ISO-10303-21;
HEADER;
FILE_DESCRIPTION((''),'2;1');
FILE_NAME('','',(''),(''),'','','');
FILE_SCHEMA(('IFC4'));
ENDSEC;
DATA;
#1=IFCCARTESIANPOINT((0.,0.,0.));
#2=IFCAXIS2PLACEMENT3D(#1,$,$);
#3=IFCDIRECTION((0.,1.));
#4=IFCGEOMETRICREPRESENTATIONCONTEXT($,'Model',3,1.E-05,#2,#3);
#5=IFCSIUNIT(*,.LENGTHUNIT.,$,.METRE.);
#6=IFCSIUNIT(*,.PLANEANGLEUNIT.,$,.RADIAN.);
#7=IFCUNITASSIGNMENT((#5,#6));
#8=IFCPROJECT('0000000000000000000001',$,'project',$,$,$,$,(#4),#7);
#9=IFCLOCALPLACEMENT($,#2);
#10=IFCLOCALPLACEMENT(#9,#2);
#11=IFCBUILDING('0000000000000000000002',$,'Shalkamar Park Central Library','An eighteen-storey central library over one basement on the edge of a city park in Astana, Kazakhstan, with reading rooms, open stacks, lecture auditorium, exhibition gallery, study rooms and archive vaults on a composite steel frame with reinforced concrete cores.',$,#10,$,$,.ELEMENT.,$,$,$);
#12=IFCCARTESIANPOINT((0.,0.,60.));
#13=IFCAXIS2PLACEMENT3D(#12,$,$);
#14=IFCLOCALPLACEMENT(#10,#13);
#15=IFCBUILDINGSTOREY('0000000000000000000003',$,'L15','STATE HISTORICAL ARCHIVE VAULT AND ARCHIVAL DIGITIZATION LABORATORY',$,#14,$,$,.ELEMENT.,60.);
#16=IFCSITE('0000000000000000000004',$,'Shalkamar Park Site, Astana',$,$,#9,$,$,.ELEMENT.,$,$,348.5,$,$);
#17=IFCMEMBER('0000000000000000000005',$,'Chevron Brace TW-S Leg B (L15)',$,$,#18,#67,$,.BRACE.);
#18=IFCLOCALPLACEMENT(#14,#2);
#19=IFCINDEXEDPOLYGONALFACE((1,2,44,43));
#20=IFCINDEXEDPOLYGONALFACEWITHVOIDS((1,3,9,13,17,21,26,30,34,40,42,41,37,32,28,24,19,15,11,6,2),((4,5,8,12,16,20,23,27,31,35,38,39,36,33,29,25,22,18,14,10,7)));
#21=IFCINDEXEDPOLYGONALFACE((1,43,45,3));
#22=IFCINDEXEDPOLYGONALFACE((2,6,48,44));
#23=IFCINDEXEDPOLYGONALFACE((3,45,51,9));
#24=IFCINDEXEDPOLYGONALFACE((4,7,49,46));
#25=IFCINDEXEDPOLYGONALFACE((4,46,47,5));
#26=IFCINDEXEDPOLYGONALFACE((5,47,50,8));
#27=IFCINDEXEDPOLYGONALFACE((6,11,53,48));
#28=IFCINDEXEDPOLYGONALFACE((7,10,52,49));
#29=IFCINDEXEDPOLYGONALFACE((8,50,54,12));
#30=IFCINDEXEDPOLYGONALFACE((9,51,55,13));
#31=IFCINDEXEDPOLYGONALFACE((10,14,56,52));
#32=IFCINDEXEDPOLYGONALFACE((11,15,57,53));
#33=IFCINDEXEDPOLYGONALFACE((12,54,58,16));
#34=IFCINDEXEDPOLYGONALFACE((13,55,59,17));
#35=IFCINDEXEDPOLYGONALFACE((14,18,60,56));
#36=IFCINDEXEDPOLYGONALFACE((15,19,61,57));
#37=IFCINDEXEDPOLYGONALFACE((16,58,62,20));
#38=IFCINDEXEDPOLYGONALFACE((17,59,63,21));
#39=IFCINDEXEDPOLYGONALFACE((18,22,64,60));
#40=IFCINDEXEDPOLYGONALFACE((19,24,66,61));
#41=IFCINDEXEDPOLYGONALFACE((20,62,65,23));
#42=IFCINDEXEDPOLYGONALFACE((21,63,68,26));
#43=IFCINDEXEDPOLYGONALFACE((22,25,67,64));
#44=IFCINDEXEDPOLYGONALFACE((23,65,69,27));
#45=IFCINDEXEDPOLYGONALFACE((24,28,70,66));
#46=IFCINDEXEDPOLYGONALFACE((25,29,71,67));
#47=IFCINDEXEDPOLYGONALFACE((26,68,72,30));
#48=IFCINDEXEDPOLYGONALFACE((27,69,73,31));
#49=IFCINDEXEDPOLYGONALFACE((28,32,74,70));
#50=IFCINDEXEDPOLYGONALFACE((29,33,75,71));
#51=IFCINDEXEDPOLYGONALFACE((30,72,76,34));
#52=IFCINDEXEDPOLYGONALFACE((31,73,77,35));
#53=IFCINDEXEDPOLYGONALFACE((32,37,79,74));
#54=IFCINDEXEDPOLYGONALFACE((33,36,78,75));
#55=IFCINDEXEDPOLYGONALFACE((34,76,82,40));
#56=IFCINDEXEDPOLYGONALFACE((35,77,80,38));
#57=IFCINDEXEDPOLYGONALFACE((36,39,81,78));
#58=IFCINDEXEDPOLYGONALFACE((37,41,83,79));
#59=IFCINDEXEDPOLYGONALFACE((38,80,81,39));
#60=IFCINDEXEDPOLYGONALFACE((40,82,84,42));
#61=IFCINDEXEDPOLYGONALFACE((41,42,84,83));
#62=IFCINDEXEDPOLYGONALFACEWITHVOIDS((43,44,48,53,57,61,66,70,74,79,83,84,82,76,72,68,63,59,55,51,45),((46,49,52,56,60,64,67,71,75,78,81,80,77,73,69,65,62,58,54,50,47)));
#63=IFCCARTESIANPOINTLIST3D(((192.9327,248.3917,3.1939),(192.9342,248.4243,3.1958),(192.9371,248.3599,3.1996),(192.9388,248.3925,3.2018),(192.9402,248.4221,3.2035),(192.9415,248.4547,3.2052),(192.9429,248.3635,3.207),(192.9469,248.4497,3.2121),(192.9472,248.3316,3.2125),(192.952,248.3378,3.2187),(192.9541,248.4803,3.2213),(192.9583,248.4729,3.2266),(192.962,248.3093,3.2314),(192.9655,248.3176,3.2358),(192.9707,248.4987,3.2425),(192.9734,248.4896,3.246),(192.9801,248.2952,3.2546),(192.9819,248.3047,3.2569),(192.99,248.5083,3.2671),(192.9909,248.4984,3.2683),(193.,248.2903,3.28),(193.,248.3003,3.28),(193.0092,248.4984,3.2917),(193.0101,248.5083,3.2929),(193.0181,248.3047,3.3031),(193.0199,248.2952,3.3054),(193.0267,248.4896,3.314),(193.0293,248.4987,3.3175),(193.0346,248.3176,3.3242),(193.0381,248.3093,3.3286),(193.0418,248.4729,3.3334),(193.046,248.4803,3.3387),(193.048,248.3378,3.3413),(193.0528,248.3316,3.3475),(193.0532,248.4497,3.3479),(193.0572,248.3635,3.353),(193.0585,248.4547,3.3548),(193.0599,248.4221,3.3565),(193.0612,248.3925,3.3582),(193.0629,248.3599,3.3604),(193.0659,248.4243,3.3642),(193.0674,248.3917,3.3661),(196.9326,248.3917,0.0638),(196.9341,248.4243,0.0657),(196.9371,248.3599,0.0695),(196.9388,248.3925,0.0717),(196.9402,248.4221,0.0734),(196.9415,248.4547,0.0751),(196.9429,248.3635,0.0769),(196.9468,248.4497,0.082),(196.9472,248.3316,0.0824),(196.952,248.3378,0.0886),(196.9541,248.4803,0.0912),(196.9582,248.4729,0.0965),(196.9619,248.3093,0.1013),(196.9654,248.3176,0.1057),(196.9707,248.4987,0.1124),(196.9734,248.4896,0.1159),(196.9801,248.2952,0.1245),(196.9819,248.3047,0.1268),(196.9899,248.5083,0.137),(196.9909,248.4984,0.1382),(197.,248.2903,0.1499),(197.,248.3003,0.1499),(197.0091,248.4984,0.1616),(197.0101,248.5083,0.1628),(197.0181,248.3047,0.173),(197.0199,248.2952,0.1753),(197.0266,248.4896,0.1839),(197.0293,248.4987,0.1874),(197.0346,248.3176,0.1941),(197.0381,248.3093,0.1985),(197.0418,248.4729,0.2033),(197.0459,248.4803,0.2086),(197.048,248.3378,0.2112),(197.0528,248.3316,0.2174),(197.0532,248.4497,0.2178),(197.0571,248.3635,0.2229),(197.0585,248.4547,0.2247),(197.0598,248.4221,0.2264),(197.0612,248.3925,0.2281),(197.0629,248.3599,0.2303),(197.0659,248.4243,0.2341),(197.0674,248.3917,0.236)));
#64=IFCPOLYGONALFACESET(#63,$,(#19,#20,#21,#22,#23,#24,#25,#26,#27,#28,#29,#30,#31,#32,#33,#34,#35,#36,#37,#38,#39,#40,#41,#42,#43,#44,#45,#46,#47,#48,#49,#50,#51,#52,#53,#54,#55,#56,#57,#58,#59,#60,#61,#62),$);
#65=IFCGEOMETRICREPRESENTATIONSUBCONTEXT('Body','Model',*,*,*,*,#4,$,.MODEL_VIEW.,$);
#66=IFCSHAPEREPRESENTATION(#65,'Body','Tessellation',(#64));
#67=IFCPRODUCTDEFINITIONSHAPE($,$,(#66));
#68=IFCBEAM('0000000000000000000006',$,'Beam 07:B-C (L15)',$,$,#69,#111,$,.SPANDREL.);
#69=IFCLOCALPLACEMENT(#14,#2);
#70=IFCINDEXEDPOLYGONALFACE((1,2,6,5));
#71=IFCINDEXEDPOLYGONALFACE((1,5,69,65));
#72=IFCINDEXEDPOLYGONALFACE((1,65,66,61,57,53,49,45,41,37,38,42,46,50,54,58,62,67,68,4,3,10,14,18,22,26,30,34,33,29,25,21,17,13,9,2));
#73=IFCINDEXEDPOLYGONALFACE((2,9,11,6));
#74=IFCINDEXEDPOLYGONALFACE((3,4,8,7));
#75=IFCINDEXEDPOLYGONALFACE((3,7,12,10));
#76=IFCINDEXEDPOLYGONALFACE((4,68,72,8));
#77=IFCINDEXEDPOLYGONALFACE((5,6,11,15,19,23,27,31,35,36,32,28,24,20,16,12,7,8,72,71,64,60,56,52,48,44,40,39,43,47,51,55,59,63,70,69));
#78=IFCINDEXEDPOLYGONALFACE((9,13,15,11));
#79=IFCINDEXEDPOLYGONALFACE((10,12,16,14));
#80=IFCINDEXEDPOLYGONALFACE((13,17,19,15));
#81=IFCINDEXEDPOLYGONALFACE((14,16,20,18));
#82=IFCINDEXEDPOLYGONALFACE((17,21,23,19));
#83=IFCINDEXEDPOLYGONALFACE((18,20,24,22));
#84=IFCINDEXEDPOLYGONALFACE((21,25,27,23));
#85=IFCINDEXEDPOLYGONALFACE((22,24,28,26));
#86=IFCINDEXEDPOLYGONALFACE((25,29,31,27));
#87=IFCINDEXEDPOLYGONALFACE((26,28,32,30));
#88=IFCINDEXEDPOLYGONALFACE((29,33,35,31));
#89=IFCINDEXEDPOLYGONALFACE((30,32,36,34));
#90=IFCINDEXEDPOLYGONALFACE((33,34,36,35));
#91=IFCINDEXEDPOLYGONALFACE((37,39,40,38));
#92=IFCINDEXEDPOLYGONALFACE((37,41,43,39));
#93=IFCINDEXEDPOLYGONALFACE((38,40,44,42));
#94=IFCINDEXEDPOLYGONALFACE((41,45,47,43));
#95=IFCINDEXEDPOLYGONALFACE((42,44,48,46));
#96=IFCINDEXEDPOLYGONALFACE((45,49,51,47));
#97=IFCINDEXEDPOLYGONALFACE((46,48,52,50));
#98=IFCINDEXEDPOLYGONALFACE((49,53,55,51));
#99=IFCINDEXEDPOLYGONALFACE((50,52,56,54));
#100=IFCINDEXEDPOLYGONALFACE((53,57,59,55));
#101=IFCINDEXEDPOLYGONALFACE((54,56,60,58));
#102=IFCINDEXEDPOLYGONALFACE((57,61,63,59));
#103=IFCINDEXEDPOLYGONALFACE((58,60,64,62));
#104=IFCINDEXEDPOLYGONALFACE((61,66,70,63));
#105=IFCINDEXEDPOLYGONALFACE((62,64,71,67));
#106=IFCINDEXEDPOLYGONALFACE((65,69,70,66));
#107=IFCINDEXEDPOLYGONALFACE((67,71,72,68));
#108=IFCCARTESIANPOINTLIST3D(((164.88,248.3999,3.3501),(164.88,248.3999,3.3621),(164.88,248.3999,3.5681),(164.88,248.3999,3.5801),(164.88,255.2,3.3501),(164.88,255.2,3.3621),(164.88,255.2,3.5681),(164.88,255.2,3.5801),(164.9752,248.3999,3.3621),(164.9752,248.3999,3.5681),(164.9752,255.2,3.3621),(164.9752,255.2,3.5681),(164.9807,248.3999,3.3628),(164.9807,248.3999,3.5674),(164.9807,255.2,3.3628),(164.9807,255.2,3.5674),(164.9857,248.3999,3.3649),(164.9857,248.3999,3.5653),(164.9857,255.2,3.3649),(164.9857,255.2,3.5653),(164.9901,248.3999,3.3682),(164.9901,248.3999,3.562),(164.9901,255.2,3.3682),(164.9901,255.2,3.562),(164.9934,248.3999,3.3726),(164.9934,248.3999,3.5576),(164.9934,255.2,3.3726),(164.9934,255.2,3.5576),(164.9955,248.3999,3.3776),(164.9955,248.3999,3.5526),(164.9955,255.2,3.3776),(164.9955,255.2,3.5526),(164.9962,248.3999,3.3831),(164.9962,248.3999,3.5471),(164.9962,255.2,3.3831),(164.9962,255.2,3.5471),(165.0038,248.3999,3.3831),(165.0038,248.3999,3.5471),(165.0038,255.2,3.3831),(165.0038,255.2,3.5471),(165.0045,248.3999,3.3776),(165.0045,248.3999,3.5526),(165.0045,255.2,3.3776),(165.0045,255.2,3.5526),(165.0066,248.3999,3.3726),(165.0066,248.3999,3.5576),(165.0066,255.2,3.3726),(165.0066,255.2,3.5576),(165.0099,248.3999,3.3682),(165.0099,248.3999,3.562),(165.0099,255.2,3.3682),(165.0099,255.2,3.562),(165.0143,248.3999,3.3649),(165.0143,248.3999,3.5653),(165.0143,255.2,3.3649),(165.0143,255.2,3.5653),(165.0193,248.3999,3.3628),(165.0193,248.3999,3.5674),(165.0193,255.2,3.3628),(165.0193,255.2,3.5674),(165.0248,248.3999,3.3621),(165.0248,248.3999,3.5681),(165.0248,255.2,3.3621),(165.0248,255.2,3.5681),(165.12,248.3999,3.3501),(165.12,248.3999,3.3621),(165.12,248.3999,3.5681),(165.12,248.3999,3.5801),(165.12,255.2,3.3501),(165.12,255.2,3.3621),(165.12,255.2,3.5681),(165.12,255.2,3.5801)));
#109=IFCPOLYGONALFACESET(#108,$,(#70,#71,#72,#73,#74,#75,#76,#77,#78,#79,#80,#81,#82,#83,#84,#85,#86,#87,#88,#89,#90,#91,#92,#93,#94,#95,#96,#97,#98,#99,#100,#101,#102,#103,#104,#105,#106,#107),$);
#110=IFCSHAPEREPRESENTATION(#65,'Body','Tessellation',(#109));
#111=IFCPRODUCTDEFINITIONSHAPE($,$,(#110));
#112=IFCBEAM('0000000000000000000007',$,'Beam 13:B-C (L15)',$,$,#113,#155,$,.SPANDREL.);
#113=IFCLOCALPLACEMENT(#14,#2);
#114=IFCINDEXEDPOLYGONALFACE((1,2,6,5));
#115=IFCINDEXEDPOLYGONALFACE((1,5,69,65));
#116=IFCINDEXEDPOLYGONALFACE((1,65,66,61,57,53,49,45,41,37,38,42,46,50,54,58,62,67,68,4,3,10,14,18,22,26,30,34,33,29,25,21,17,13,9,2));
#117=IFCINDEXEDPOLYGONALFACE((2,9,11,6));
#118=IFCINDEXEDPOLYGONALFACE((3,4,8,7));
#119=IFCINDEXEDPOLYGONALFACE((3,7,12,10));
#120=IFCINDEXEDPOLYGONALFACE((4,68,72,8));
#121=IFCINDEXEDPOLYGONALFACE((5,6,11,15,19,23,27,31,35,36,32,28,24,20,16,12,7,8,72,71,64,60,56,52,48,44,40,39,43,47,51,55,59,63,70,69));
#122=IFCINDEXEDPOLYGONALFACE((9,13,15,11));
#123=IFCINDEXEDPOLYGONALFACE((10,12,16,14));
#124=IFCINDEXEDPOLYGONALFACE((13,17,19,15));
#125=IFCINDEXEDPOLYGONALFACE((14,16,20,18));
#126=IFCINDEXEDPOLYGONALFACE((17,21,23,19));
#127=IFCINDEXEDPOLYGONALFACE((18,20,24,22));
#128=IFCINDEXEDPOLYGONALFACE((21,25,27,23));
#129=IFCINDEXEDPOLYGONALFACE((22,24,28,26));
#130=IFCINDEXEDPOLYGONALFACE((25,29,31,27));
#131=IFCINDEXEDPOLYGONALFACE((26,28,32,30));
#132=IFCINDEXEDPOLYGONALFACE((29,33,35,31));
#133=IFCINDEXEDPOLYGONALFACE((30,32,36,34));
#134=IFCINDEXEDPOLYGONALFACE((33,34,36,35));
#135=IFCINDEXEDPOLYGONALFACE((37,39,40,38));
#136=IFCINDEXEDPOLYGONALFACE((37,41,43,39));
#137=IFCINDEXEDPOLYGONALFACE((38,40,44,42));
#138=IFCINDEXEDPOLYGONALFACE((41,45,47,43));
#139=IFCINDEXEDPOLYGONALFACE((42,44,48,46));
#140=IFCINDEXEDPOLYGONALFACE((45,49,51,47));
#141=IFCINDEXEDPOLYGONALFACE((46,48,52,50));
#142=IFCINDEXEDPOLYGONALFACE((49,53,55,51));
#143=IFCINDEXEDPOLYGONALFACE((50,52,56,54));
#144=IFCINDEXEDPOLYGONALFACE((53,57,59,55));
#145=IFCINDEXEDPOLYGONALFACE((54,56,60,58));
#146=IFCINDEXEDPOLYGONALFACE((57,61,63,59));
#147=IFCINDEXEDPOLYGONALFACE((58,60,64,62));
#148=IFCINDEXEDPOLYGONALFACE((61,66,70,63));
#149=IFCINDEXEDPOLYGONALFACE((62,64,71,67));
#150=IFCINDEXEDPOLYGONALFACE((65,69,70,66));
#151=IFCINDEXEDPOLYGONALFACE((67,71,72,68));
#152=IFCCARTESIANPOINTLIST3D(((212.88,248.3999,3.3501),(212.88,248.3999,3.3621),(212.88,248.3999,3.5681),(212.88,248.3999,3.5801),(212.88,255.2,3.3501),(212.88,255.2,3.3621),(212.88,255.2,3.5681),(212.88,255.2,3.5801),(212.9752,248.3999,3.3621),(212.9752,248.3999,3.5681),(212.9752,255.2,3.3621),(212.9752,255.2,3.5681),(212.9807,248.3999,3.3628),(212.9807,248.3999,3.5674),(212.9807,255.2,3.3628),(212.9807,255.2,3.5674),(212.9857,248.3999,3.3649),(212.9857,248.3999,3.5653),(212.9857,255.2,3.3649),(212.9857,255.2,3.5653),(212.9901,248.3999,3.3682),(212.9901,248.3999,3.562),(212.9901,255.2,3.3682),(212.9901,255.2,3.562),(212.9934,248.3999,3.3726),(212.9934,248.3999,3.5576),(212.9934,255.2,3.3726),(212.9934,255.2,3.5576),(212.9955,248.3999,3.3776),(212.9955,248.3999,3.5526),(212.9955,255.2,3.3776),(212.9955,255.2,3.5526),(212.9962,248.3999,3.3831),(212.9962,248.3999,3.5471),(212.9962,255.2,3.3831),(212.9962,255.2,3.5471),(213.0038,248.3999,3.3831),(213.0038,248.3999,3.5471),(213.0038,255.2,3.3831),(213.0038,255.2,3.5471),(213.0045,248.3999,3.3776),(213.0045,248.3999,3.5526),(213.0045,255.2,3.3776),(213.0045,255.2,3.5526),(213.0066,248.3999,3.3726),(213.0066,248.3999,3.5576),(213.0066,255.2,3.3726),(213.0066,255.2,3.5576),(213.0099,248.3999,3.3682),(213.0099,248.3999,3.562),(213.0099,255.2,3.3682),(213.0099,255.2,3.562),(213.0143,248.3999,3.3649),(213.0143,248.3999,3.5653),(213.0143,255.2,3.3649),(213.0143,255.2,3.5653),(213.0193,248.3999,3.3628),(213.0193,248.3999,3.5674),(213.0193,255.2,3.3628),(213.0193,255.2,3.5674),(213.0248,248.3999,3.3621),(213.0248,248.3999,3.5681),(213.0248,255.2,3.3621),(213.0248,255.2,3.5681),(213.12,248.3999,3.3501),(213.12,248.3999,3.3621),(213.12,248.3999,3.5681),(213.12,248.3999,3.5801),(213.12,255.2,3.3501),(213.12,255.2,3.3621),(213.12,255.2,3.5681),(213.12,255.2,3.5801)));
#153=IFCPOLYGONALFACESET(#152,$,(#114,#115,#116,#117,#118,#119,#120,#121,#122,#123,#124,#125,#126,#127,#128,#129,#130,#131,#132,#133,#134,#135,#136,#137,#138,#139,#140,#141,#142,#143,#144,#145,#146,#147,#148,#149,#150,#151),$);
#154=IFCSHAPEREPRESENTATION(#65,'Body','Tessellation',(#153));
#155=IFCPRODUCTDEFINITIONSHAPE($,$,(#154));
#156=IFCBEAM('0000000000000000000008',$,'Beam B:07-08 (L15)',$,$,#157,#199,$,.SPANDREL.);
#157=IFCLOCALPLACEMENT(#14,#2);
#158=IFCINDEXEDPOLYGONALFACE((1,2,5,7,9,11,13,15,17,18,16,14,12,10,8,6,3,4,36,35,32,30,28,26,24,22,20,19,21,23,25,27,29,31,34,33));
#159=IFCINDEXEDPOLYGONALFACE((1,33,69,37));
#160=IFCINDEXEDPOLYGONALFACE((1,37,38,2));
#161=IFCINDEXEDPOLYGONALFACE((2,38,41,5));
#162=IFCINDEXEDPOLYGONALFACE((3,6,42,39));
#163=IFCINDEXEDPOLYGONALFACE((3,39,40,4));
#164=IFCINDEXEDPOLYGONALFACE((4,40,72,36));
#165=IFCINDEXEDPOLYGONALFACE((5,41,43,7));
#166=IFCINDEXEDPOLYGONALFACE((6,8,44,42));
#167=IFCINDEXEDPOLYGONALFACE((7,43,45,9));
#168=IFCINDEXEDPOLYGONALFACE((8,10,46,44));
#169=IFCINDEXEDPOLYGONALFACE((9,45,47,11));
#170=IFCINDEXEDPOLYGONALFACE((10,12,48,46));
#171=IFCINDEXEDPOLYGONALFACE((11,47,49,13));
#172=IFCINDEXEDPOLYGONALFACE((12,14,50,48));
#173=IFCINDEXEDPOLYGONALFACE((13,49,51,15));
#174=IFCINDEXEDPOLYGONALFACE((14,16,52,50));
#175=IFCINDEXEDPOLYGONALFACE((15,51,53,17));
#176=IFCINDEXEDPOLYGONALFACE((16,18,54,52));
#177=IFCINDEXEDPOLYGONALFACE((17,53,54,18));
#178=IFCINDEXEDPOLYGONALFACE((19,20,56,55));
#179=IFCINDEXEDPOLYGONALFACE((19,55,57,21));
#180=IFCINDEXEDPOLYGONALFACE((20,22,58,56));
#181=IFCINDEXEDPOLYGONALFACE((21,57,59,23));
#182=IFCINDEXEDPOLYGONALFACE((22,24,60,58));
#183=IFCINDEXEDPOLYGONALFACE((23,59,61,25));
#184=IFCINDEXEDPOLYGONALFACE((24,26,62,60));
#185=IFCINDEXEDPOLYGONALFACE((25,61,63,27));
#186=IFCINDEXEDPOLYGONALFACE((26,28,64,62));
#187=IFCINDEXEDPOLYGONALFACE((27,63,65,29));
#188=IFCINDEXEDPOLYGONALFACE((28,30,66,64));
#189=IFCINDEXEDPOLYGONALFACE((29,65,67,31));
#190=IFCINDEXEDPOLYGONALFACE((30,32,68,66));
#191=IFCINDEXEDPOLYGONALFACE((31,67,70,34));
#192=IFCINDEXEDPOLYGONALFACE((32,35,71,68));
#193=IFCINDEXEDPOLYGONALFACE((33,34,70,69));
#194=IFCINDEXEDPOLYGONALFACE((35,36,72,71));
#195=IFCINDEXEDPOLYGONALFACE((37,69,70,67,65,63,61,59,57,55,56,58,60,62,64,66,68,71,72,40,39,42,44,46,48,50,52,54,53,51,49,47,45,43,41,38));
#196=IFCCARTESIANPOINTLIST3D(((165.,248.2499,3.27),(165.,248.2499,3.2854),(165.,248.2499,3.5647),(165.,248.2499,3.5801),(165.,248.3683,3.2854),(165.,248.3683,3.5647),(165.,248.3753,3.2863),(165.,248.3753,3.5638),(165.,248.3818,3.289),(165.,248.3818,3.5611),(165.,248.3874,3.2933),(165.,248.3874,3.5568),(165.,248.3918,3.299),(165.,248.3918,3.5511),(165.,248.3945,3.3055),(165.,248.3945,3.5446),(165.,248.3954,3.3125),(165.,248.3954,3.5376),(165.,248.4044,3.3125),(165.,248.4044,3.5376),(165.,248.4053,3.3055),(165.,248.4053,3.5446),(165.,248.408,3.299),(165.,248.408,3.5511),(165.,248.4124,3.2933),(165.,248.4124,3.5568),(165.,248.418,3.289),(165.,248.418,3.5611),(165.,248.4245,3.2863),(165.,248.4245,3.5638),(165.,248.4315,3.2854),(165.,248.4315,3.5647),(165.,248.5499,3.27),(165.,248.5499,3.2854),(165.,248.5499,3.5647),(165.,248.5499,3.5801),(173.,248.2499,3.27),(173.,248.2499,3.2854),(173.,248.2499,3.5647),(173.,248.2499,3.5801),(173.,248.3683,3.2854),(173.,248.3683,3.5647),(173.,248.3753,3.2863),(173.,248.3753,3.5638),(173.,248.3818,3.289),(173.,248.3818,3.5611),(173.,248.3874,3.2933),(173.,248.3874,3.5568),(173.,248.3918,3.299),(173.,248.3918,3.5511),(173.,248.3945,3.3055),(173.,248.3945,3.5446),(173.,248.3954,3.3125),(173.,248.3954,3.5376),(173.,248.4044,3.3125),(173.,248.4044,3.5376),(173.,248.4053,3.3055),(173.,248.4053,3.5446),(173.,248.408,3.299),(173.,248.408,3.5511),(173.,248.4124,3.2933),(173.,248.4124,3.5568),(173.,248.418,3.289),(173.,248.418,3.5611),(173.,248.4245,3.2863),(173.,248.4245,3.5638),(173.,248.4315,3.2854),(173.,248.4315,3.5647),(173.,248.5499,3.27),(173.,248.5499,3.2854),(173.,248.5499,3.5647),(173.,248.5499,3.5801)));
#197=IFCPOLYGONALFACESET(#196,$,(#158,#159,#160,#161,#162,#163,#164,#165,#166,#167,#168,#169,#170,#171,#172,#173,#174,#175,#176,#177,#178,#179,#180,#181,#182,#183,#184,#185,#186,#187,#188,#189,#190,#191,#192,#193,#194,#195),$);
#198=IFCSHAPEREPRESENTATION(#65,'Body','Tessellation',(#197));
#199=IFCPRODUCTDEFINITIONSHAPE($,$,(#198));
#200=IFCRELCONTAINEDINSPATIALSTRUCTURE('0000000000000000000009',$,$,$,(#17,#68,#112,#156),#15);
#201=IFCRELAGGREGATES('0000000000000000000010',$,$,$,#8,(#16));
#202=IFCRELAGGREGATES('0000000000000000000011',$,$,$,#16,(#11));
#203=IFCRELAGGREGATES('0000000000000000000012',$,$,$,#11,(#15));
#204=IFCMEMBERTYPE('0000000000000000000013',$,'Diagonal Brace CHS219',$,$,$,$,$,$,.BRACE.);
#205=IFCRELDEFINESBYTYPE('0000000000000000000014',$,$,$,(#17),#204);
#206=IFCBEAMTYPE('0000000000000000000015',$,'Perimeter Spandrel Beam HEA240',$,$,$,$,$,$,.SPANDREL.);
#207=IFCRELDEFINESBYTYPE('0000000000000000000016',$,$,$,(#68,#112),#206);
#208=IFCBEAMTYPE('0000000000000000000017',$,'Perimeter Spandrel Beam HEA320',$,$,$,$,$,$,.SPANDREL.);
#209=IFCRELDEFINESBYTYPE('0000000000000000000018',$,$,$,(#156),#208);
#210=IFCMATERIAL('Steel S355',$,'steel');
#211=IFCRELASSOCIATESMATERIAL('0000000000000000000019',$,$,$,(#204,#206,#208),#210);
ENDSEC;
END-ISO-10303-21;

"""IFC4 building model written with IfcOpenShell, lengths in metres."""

from ifc_helpers import new_model, si_unit, direction, frame, origin, origin_2d, place, context, subcontext, project, spatial, hollow_circle, i_section, extrude, material, material_profile, profile_set, type_object, element, save


model = new_model("IFC4")

# Units and contexts
model_context = context("Model", 3, precision=1e-05, world=origin(), true_north=direction((0.0, 1.0)))
body_context = subcontext(model_context, "Body", "Model", "MODEL_VIEW")
ifc_project = project(units=[si_unit("LENGTHUNIT", "METRE"), si_unit("PLANEANGLEUNIT", "RADIAN")], contexts=[model_context])

# Site, building, storey
site_placement = place(None, origin())
site = spatial("IfcSite", under=ifc_project, at=site_placement, Name="Shalkamar Park Site, Astana", CompositionType="ELEMENT", RefElevation=348.5)
building_placement = place(site_placement, origin())
building = spatial("IfcBuilding", under=site, at=building_placement, Name="Shalkamar Park Central Library", Description="An eighteen-storey central library over one basement on the edge of a city park in Astana, Kazakhstan, with reading rooms, open stacks, lecture auditorium, exhibition gallery, study rooms and archive vaults on a composite steel frame with reinforced concrete cores.", CompositionType="ELEMENT")
storey_placement = place(building_placement, frame((0.0, 0.0, 60.0)))
storey = spatial("IfcBuildingStorey", under=building, at=storey_placement, Name="L15", Description="STATE HISTORICAL ARCHIVE VAULT AND ARCHIVAL DIGITIZATION LABORATORY", CompositionType="ELEMENT", Elevation=60.0)

# Shared definitions
ifc_material_1 = material(Name="Steel S355", Category="steel")

# Member
ifc_material_profile_1 = material_profile(ifc_material_1, hollow_circle(Radius=0.1096, WallThickness=0.01, at=origin_2d()), Name="CHS 219.1x10")
ifc_profile_set_1 = profile_set([ifc_material_profile_1], Name="Steel S355")
member_type = type_object("IfcMemberType", Name="Diagonal Brace CHS219", PredefinedType="BRACE", material=ifc_profile_set_1)
for number, where, z_axis, x_axis, name in (
    (1, (197.0, 248.3999, 0.1499), (-0.787534, 0.0, 0.616271), (0.0, -1.0, 0.0), "Chevron Brace TW-S Leg B (L15)"),
):
    element("IfcMember", number, at=place(storey_placement, frame(where, z_axis=z_axis, x_axis=x_axis)), inside=storey, type_object=member_type, Name=name, PredefinedType="BRACE", context=body_context, shape_type="SweptSolid", body=[
        extrude(hollow_circle(Radius=0.1096, WallThickness=0.01, at=origin_2d()), origin(), (0.0, 0.0, 1.0), 5.0791),
    ])

# Beams
ifc_material_profile_2 = material_profile(ifc_material_1, i_section(OverallWidth=0.24, OverallDepth=0.23, WebThickness=0.0076, FlangeThickness=0.012, FilletRadius=0.021, at=origin_2d()), Name="HEA 240")
ifc_profile_set_2 = profile_set([ifc_material_profile_2], Name="Steel S355")
beam_type_1 = type_object("IfcBeamType", Name="Perimeter Spandrel Beam HEA240", PredefinedType="SPANDREL", material=ifc_profile_set_2)
for number, where, z_axis, x_axis, name in (
    (2, (165.0, 248.3999, 3.4651), (0.0, 1.0, 0.0), (-1.0, 0.0, 0.0), "Beam 07:B-C (L15)"),
    (3, (213.0, 248.3999, 3.4651), (0.0, 1.0, 0.0), (-1.0, 0.0, 0.0), "Beam 13:B-C (L15)"),
):
    element("IfcBeam", number, at=place(storey_placement, frame(where, z_axis=z_axis, x_axis=x_axis)), inside=storey, type_object=beam_type_1, Name=name, PredefinedType="SPANDREL", context=body_context, shape_type="SweptSolid", body=[
        extrude(i_section(OverallWidth=0.24, OverallDepth=0.23, WebThickness=0.0076, FlangeThickness=0.012, FilletRadius=0.021, at=origin_2d()), origin(), (0.0, 0.0, 1.0), 6.8),
    ])
ifc_material_profile_3 = material_profile(ifc_material_1, i_section(OverallWidth=0.3, OverallDepth=0.3101, WebThickness=0.009, FlangeThickness=0.0154, FilletRadius=0.0271, at=origin_2d()), Name="HEA 320")
ifc_profile_set_3 = profile_set([ifc_material_profile_3], Name="Steel S355")
beam_type_2 = type_object("IfcBeamType", Name="Perimeter Spandrel Beam HEA320", PredefinedType="SPANDREL", material=ifc_profile_set_3)
for number, where, z_axis, x_axis, name in (
    (4, (165.0, 248.3999, 3.425), (1.0, 0.0, 0.0), (0.0, 1.0, 0.0), "Beam B:07-08 (L15)"),
):
    element("IfcBeam", number, at=place(storey_placement, frame(where, z_axis=z_axis, x_axis=x_axis)), inside=storey, type_object=beam_type_2, Name=name, PredefinedType="SPANDREL", context=body_context, shape_type="SweptSolid", body=[
        extrude(i_section(OverallWidth=0.3, OverallDepth=0.3101, WebThickness=0.009, FlangeThickness=0.0154, FilletRadius=0.0271, at=origin_2d()), origin(), (0.0, 0.0, 1.0), 8.0),
    ])

save(model, "model.ifc")
